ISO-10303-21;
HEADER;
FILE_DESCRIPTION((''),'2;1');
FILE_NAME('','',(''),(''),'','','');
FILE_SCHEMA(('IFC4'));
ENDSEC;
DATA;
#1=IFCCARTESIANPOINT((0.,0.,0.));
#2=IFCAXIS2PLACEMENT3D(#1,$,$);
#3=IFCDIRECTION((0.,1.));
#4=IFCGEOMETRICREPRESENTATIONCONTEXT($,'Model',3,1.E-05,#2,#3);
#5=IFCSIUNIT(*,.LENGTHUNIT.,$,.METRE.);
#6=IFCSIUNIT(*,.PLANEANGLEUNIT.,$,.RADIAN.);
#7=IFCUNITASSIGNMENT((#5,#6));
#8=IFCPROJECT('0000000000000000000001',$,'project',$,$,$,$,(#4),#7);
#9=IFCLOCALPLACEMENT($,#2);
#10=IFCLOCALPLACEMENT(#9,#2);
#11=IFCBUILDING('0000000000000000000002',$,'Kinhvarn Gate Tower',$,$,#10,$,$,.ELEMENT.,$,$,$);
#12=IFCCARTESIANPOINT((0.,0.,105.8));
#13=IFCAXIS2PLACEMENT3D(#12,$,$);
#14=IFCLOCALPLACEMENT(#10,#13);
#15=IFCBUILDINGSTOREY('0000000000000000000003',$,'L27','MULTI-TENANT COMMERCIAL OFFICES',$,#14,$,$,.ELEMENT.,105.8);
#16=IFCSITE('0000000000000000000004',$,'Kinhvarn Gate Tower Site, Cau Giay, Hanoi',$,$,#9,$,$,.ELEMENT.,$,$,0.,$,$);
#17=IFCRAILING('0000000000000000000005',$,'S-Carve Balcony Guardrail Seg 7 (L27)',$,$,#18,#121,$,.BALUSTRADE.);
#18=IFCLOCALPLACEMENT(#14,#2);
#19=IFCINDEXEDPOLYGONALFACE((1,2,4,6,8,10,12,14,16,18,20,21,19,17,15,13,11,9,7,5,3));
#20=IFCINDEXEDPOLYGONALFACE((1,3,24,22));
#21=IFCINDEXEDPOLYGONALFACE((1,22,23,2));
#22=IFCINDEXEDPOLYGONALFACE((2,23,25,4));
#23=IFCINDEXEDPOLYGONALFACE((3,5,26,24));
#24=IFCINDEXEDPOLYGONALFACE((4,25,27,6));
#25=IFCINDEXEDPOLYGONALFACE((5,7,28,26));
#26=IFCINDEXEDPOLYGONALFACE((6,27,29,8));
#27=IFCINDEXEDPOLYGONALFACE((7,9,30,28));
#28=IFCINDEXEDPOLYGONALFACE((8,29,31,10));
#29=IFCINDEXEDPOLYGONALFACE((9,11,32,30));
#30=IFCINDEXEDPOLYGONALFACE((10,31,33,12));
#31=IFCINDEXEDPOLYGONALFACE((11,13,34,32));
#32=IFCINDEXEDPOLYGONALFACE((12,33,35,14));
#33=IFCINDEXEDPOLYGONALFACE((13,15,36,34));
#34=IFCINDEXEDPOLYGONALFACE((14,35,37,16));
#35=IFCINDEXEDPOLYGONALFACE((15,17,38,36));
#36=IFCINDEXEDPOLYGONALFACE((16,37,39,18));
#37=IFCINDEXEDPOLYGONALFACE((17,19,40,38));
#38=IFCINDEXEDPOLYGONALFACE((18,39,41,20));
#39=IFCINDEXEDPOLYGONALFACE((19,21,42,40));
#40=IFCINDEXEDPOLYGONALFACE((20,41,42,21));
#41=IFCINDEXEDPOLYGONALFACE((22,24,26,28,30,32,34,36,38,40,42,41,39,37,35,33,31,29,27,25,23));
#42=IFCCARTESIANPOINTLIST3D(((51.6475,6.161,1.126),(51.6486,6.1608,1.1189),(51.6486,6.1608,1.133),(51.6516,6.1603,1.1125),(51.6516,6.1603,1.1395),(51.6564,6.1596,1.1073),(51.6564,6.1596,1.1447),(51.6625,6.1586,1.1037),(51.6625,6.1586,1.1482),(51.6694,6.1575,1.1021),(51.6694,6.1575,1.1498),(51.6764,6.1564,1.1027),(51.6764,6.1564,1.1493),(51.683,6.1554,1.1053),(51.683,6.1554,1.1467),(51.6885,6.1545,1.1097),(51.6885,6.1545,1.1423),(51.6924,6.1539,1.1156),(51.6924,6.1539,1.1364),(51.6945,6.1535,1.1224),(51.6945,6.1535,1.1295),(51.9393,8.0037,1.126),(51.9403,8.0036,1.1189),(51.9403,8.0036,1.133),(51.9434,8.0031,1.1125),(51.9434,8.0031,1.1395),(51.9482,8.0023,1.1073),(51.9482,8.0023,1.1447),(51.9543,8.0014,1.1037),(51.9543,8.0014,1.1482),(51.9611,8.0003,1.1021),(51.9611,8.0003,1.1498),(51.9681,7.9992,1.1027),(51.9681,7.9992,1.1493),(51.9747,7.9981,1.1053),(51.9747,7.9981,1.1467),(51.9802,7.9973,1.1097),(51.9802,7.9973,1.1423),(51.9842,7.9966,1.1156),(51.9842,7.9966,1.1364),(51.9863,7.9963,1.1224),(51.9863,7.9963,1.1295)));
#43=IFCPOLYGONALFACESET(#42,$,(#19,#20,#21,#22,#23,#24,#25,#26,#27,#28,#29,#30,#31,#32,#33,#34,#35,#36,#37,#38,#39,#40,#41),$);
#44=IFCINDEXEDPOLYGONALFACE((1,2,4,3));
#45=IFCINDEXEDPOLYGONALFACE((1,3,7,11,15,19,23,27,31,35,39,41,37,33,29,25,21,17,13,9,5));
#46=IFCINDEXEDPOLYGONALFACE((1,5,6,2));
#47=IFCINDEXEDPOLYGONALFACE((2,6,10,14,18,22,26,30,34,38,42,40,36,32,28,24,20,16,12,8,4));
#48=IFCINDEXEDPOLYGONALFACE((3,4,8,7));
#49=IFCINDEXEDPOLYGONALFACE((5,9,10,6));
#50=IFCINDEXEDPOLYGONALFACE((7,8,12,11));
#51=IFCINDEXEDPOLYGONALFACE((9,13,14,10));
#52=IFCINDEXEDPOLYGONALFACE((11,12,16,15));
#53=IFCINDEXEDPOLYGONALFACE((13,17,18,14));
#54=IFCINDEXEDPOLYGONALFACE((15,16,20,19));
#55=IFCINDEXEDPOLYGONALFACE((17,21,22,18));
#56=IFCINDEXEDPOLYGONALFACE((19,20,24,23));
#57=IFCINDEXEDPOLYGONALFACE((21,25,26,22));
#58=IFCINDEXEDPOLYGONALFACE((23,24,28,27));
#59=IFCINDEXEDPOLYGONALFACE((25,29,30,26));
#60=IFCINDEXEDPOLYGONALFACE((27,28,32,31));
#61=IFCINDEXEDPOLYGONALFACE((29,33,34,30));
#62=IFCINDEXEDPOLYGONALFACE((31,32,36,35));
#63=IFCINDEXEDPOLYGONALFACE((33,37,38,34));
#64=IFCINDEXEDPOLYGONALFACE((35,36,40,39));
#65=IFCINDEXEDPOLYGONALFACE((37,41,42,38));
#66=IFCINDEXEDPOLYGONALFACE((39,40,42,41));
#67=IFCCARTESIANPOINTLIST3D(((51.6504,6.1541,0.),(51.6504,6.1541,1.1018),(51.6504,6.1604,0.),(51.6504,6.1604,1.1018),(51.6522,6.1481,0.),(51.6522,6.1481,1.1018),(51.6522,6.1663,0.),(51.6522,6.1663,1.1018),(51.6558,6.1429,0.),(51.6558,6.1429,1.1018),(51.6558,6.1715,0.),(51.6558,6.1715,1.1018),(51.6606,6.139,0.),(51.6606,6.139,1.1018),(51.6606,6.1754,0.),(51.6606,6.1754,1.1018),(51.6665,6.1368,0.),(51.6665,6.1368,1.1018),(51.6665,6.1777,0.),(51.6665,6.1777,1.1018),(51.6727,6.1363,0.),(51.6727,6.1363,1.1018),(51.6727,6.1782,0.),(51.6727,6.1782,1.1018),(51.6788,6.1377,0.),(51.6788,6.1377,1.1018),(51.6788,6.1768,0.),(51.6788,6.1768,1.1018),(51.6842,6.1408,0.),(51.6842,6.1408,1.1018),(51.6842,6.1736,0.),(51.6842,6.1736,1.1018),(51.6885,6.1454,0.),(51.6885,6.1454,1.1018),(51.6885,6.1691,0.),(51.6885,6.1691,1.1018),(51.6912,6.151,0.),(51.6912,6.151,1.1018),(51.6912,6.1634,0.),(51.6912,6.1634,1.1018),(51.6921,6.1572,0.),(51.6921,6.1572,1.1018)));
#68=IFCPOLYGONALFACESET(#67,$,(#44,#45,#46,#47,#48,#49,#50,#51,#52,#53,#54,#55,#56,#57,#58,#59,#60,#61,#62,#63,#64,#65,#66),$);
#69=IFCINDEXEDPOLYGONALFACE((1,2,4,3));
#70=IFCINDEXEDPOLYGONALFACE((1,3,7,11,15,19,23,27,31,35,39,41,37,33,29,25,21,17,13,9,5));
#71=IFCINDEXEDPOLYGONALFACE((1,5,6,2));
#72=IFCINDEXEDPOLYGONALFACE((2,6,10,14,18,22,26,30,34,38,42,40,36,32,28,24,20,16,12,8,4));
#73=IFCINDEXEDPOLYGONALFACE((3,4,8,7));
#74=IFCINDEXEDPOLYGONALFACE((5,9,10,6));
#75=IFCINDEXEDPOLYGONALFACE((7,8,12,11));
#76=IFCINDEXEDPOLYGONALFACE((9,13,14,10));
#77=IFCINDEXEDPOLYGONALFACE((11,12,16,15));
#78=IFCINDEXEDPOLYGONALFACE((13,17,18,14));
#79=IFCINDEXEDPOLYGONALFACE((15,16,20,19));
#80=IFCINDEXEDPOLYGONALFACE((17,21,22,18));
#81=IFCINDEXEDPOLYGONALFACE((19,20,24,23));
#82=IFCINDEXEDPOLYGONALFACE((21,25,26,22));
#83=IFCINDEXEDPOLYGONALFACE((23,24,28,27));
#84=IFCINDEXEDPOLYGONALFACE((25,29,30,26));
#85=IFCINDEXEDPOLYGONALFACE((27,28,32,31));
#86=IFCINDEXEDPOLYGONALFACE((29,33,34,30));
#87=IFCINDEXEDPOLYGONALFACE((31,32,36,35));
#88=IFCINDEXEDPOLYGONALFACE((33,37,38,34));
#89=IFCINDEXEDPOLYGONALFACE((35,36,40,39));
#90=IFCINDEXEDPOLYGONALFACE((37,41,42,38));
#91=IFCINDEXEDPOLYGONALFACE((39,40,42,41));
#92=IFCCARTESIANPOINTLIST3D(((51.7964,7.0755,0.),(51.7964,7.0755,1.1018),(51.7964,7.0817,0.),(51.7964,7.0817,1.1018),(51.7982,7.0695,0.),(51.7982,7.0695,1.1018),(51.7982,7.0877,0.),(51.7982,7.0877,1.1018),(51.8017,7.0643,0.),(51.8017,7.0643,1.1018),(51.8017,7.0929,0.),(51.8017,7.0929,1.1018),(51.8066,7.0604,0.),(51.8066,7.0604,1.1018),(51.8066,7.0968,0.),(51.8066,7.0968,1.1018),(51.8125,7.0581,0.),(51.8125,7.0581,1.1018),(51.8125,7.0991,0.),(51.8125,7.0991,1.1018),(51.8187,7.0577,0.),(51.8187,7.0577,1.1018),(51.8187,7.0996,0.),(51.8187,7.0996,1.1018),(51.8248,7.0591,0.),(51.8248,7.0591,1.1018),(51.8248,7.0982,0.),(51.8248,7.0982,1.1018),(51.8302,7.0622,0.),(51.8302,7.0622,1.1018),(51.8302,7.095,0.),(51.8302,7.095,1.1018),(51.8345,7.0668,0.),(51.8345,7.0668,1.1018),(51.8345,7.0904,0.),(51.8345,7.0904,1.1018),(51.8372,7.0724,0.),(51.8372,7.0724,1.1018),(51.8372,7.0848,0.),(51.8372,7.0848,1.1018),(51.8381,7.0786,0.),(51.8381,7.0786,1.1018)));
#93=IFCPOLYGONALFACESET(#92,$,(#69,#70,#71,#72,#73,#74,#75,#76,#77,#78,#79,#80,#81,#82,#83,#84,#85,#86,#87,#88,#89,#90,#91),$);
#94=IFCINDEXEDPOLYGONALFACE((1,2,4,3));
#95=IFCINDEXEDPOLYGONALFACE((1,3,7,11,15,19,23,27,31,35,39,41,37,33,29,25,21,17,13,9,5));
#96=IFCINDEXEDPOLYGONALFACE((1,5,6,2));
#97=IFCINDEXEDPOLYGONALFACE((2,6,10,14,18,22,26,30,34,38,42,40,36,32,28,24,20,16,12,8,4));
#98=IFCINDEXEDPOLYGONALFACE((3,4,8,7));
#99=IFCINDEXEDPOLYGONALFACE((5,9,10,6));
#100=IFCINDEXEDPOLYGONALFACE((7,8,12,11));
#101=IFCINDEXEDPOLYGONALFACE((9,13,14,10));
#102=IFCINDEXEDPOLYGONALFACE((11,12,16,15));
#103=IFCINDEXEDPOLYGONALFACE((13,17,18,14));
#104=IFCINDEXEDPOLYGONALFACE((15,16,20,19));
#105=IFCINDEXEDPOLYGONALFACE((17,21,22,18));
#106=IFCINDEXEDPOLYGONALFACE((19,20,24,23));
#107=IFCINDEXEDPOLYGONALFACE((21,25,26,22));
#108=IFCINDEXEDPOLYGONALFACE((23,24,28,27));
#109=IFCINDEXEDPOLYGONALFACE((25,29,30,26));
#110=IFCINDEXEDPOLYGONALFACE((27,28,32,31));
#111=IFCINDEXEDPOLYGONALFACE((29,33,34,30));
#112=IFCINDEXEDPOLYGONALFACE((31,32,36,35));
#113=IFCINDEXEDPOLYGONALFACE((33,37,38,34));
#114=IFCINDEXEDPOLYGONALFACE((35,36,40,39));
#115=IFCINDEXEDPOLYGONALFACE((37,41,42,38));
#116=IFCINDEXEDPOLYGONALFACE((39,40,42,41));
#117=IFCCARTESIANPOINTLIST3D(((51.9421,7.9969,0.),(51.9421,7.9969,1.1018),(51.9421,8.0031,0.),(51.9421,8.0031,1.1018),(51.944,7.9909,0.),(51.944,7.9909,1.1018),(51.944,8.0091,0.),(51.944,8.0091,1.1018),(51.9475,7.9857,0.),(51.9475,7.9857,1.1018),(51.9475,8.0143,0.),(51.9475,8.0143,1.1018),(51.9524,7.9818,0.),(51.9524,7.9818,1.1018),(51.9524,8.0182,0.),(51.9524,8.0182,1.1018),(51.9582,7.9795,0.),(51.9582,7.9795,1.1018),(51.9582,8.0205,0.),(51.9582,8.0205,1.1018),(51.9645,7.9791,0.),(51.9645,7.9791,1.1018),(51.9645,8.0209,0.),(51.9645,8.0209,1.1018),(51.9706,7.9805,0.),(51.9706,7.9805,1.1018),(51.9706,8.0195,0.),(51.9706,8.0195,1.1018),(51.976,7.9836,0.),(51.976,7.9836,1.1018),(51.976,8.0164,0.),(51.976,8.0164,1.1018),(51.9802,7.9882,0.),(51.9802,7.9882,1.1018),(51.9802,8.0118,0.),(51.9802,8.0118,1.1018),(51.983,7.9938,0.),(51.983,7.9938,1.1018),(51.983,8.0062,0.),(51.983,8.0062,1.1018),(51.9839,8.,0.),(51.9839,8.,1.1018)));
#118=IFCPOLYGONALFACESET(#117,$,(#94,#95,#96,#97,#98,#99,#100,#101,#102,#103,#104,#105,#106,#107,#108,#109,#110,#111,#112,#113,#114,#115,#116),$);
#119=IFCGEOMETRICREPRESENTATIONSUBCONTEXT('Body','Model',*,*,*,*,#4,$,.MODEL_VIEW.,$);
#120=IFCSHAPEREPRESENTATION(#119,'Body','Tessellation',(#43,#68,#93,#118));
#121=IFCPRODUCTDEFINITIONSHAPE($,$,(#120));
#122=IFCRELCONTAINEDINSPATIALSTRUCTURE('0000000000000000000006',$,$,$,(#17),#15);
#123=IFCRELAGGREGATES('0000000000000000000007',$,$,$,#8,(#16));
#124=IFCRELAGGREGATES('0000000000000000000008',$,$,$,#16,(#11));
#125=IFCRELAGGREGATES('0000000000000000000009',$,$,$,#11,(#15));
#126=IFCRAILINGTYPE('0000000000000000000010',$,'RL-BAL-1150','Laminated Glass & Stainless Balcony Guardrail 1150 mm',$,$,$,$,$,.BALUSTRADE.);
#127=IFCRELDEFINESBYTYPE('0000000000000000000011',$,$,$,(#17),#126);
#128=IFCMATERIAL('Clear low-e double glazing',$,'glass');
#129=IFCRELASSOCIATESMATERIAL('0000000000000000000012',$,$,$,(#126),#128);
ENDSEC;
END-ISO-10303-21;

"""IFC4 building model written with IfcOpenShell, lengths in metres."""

from ifc_helpers import new_model, si_unit, direction, frame, origin, origin_2d, place, context, subcontext, project, spatial, circle, extrude, material, type_object, element, save


model = new_model("IFC4")

# Units and contexts
model_context = context("Model", 3, precision=1e-05, world=origin(), true_north=direction((0.0, 1.0)))
body_context = subcontext(model_context, "Body", "Model", "MODEL_VIEW")
ifc_project = project(units=[si_unit("LENGTHUNIT", "METRE"), si_unit("PLANEANGLEUNIT", "RADIAN")], contexts=[model_context])

# Site, building, storey
site_placement = place(None, origin())
site = spatial("IfcSite", under=ifc_project, at=site_placement, Name="Kinhvarn Gate Tower Site, Cau Giay, Hanoi", CompositionType="ELEMENT", RefElevation=0.0)
building_placement = place(site_placement, origin())
building = spatial("IfcBuilding", under=site, at=building_placement, Name="Kinhvarn Gate Tower", CompositionType="ELEMENT")
storey_placement = place(building_placement, frame((0.0, 0.0, 105.8)))
storey = spatial("IfcBuildingStorey", under=building, at=storey_placement, Name="L27", Description="MULTI-TENANT COMMERCIAL OFFICES", CompositionType="ELEMENT", Elevation=105.8)

# Shared definitions
ifc_material_1 = material(Name="Clear low-e double glazing", Category="glass")

# Railing
railing_type = type_object("IfcRailingType", Name="RL-BAL-1150", Description="Laminated Glass & Stainless Balcony Guardrail 1150 mm", PredefinedType="BALUSTRADE", material=ifc_material_1)
railing_1_placement = place(storey_placement, frame((51.6711, 6.1572, 0.0)))
element("IfcRailing", 1, at=railing_1_placement, inside=storey, type_object=railing_type, Name="S-Carve Balcony Guardrail Seg 7 (L27)", PredefinedType="BALUSTRADE", context=body_context, shape_type="SweptSolid", body=[
    extrude(circle(Radius=0.0239, at=origin_2d()), frame((0.0, 0.0, 1.126), z_axis=(0.156372, 0.987698, 0.0), x_axis=(-0.987698, 0.156372, 0.0)), (0.0, 0.0, 1.0), 1.8657),
    extrude(circle(Radius=0.021, at=origin_2d()), origin(), (0.0, 0.0, 1.0), 1.1018),
    extrude(circle(Radius=0.021, at=origin_2d()), frame((0.146, 0.9214, 0.0)), (0.0, 0.0, 1.0), 1.1018),
    extrude(circle(Radius=0.021, at=origin_2d()), frame((0.2917, 1.8428, 0.0)), (0.0, 0.0, 1.0), 1.1018),
])

save(model, "model.ifc")
